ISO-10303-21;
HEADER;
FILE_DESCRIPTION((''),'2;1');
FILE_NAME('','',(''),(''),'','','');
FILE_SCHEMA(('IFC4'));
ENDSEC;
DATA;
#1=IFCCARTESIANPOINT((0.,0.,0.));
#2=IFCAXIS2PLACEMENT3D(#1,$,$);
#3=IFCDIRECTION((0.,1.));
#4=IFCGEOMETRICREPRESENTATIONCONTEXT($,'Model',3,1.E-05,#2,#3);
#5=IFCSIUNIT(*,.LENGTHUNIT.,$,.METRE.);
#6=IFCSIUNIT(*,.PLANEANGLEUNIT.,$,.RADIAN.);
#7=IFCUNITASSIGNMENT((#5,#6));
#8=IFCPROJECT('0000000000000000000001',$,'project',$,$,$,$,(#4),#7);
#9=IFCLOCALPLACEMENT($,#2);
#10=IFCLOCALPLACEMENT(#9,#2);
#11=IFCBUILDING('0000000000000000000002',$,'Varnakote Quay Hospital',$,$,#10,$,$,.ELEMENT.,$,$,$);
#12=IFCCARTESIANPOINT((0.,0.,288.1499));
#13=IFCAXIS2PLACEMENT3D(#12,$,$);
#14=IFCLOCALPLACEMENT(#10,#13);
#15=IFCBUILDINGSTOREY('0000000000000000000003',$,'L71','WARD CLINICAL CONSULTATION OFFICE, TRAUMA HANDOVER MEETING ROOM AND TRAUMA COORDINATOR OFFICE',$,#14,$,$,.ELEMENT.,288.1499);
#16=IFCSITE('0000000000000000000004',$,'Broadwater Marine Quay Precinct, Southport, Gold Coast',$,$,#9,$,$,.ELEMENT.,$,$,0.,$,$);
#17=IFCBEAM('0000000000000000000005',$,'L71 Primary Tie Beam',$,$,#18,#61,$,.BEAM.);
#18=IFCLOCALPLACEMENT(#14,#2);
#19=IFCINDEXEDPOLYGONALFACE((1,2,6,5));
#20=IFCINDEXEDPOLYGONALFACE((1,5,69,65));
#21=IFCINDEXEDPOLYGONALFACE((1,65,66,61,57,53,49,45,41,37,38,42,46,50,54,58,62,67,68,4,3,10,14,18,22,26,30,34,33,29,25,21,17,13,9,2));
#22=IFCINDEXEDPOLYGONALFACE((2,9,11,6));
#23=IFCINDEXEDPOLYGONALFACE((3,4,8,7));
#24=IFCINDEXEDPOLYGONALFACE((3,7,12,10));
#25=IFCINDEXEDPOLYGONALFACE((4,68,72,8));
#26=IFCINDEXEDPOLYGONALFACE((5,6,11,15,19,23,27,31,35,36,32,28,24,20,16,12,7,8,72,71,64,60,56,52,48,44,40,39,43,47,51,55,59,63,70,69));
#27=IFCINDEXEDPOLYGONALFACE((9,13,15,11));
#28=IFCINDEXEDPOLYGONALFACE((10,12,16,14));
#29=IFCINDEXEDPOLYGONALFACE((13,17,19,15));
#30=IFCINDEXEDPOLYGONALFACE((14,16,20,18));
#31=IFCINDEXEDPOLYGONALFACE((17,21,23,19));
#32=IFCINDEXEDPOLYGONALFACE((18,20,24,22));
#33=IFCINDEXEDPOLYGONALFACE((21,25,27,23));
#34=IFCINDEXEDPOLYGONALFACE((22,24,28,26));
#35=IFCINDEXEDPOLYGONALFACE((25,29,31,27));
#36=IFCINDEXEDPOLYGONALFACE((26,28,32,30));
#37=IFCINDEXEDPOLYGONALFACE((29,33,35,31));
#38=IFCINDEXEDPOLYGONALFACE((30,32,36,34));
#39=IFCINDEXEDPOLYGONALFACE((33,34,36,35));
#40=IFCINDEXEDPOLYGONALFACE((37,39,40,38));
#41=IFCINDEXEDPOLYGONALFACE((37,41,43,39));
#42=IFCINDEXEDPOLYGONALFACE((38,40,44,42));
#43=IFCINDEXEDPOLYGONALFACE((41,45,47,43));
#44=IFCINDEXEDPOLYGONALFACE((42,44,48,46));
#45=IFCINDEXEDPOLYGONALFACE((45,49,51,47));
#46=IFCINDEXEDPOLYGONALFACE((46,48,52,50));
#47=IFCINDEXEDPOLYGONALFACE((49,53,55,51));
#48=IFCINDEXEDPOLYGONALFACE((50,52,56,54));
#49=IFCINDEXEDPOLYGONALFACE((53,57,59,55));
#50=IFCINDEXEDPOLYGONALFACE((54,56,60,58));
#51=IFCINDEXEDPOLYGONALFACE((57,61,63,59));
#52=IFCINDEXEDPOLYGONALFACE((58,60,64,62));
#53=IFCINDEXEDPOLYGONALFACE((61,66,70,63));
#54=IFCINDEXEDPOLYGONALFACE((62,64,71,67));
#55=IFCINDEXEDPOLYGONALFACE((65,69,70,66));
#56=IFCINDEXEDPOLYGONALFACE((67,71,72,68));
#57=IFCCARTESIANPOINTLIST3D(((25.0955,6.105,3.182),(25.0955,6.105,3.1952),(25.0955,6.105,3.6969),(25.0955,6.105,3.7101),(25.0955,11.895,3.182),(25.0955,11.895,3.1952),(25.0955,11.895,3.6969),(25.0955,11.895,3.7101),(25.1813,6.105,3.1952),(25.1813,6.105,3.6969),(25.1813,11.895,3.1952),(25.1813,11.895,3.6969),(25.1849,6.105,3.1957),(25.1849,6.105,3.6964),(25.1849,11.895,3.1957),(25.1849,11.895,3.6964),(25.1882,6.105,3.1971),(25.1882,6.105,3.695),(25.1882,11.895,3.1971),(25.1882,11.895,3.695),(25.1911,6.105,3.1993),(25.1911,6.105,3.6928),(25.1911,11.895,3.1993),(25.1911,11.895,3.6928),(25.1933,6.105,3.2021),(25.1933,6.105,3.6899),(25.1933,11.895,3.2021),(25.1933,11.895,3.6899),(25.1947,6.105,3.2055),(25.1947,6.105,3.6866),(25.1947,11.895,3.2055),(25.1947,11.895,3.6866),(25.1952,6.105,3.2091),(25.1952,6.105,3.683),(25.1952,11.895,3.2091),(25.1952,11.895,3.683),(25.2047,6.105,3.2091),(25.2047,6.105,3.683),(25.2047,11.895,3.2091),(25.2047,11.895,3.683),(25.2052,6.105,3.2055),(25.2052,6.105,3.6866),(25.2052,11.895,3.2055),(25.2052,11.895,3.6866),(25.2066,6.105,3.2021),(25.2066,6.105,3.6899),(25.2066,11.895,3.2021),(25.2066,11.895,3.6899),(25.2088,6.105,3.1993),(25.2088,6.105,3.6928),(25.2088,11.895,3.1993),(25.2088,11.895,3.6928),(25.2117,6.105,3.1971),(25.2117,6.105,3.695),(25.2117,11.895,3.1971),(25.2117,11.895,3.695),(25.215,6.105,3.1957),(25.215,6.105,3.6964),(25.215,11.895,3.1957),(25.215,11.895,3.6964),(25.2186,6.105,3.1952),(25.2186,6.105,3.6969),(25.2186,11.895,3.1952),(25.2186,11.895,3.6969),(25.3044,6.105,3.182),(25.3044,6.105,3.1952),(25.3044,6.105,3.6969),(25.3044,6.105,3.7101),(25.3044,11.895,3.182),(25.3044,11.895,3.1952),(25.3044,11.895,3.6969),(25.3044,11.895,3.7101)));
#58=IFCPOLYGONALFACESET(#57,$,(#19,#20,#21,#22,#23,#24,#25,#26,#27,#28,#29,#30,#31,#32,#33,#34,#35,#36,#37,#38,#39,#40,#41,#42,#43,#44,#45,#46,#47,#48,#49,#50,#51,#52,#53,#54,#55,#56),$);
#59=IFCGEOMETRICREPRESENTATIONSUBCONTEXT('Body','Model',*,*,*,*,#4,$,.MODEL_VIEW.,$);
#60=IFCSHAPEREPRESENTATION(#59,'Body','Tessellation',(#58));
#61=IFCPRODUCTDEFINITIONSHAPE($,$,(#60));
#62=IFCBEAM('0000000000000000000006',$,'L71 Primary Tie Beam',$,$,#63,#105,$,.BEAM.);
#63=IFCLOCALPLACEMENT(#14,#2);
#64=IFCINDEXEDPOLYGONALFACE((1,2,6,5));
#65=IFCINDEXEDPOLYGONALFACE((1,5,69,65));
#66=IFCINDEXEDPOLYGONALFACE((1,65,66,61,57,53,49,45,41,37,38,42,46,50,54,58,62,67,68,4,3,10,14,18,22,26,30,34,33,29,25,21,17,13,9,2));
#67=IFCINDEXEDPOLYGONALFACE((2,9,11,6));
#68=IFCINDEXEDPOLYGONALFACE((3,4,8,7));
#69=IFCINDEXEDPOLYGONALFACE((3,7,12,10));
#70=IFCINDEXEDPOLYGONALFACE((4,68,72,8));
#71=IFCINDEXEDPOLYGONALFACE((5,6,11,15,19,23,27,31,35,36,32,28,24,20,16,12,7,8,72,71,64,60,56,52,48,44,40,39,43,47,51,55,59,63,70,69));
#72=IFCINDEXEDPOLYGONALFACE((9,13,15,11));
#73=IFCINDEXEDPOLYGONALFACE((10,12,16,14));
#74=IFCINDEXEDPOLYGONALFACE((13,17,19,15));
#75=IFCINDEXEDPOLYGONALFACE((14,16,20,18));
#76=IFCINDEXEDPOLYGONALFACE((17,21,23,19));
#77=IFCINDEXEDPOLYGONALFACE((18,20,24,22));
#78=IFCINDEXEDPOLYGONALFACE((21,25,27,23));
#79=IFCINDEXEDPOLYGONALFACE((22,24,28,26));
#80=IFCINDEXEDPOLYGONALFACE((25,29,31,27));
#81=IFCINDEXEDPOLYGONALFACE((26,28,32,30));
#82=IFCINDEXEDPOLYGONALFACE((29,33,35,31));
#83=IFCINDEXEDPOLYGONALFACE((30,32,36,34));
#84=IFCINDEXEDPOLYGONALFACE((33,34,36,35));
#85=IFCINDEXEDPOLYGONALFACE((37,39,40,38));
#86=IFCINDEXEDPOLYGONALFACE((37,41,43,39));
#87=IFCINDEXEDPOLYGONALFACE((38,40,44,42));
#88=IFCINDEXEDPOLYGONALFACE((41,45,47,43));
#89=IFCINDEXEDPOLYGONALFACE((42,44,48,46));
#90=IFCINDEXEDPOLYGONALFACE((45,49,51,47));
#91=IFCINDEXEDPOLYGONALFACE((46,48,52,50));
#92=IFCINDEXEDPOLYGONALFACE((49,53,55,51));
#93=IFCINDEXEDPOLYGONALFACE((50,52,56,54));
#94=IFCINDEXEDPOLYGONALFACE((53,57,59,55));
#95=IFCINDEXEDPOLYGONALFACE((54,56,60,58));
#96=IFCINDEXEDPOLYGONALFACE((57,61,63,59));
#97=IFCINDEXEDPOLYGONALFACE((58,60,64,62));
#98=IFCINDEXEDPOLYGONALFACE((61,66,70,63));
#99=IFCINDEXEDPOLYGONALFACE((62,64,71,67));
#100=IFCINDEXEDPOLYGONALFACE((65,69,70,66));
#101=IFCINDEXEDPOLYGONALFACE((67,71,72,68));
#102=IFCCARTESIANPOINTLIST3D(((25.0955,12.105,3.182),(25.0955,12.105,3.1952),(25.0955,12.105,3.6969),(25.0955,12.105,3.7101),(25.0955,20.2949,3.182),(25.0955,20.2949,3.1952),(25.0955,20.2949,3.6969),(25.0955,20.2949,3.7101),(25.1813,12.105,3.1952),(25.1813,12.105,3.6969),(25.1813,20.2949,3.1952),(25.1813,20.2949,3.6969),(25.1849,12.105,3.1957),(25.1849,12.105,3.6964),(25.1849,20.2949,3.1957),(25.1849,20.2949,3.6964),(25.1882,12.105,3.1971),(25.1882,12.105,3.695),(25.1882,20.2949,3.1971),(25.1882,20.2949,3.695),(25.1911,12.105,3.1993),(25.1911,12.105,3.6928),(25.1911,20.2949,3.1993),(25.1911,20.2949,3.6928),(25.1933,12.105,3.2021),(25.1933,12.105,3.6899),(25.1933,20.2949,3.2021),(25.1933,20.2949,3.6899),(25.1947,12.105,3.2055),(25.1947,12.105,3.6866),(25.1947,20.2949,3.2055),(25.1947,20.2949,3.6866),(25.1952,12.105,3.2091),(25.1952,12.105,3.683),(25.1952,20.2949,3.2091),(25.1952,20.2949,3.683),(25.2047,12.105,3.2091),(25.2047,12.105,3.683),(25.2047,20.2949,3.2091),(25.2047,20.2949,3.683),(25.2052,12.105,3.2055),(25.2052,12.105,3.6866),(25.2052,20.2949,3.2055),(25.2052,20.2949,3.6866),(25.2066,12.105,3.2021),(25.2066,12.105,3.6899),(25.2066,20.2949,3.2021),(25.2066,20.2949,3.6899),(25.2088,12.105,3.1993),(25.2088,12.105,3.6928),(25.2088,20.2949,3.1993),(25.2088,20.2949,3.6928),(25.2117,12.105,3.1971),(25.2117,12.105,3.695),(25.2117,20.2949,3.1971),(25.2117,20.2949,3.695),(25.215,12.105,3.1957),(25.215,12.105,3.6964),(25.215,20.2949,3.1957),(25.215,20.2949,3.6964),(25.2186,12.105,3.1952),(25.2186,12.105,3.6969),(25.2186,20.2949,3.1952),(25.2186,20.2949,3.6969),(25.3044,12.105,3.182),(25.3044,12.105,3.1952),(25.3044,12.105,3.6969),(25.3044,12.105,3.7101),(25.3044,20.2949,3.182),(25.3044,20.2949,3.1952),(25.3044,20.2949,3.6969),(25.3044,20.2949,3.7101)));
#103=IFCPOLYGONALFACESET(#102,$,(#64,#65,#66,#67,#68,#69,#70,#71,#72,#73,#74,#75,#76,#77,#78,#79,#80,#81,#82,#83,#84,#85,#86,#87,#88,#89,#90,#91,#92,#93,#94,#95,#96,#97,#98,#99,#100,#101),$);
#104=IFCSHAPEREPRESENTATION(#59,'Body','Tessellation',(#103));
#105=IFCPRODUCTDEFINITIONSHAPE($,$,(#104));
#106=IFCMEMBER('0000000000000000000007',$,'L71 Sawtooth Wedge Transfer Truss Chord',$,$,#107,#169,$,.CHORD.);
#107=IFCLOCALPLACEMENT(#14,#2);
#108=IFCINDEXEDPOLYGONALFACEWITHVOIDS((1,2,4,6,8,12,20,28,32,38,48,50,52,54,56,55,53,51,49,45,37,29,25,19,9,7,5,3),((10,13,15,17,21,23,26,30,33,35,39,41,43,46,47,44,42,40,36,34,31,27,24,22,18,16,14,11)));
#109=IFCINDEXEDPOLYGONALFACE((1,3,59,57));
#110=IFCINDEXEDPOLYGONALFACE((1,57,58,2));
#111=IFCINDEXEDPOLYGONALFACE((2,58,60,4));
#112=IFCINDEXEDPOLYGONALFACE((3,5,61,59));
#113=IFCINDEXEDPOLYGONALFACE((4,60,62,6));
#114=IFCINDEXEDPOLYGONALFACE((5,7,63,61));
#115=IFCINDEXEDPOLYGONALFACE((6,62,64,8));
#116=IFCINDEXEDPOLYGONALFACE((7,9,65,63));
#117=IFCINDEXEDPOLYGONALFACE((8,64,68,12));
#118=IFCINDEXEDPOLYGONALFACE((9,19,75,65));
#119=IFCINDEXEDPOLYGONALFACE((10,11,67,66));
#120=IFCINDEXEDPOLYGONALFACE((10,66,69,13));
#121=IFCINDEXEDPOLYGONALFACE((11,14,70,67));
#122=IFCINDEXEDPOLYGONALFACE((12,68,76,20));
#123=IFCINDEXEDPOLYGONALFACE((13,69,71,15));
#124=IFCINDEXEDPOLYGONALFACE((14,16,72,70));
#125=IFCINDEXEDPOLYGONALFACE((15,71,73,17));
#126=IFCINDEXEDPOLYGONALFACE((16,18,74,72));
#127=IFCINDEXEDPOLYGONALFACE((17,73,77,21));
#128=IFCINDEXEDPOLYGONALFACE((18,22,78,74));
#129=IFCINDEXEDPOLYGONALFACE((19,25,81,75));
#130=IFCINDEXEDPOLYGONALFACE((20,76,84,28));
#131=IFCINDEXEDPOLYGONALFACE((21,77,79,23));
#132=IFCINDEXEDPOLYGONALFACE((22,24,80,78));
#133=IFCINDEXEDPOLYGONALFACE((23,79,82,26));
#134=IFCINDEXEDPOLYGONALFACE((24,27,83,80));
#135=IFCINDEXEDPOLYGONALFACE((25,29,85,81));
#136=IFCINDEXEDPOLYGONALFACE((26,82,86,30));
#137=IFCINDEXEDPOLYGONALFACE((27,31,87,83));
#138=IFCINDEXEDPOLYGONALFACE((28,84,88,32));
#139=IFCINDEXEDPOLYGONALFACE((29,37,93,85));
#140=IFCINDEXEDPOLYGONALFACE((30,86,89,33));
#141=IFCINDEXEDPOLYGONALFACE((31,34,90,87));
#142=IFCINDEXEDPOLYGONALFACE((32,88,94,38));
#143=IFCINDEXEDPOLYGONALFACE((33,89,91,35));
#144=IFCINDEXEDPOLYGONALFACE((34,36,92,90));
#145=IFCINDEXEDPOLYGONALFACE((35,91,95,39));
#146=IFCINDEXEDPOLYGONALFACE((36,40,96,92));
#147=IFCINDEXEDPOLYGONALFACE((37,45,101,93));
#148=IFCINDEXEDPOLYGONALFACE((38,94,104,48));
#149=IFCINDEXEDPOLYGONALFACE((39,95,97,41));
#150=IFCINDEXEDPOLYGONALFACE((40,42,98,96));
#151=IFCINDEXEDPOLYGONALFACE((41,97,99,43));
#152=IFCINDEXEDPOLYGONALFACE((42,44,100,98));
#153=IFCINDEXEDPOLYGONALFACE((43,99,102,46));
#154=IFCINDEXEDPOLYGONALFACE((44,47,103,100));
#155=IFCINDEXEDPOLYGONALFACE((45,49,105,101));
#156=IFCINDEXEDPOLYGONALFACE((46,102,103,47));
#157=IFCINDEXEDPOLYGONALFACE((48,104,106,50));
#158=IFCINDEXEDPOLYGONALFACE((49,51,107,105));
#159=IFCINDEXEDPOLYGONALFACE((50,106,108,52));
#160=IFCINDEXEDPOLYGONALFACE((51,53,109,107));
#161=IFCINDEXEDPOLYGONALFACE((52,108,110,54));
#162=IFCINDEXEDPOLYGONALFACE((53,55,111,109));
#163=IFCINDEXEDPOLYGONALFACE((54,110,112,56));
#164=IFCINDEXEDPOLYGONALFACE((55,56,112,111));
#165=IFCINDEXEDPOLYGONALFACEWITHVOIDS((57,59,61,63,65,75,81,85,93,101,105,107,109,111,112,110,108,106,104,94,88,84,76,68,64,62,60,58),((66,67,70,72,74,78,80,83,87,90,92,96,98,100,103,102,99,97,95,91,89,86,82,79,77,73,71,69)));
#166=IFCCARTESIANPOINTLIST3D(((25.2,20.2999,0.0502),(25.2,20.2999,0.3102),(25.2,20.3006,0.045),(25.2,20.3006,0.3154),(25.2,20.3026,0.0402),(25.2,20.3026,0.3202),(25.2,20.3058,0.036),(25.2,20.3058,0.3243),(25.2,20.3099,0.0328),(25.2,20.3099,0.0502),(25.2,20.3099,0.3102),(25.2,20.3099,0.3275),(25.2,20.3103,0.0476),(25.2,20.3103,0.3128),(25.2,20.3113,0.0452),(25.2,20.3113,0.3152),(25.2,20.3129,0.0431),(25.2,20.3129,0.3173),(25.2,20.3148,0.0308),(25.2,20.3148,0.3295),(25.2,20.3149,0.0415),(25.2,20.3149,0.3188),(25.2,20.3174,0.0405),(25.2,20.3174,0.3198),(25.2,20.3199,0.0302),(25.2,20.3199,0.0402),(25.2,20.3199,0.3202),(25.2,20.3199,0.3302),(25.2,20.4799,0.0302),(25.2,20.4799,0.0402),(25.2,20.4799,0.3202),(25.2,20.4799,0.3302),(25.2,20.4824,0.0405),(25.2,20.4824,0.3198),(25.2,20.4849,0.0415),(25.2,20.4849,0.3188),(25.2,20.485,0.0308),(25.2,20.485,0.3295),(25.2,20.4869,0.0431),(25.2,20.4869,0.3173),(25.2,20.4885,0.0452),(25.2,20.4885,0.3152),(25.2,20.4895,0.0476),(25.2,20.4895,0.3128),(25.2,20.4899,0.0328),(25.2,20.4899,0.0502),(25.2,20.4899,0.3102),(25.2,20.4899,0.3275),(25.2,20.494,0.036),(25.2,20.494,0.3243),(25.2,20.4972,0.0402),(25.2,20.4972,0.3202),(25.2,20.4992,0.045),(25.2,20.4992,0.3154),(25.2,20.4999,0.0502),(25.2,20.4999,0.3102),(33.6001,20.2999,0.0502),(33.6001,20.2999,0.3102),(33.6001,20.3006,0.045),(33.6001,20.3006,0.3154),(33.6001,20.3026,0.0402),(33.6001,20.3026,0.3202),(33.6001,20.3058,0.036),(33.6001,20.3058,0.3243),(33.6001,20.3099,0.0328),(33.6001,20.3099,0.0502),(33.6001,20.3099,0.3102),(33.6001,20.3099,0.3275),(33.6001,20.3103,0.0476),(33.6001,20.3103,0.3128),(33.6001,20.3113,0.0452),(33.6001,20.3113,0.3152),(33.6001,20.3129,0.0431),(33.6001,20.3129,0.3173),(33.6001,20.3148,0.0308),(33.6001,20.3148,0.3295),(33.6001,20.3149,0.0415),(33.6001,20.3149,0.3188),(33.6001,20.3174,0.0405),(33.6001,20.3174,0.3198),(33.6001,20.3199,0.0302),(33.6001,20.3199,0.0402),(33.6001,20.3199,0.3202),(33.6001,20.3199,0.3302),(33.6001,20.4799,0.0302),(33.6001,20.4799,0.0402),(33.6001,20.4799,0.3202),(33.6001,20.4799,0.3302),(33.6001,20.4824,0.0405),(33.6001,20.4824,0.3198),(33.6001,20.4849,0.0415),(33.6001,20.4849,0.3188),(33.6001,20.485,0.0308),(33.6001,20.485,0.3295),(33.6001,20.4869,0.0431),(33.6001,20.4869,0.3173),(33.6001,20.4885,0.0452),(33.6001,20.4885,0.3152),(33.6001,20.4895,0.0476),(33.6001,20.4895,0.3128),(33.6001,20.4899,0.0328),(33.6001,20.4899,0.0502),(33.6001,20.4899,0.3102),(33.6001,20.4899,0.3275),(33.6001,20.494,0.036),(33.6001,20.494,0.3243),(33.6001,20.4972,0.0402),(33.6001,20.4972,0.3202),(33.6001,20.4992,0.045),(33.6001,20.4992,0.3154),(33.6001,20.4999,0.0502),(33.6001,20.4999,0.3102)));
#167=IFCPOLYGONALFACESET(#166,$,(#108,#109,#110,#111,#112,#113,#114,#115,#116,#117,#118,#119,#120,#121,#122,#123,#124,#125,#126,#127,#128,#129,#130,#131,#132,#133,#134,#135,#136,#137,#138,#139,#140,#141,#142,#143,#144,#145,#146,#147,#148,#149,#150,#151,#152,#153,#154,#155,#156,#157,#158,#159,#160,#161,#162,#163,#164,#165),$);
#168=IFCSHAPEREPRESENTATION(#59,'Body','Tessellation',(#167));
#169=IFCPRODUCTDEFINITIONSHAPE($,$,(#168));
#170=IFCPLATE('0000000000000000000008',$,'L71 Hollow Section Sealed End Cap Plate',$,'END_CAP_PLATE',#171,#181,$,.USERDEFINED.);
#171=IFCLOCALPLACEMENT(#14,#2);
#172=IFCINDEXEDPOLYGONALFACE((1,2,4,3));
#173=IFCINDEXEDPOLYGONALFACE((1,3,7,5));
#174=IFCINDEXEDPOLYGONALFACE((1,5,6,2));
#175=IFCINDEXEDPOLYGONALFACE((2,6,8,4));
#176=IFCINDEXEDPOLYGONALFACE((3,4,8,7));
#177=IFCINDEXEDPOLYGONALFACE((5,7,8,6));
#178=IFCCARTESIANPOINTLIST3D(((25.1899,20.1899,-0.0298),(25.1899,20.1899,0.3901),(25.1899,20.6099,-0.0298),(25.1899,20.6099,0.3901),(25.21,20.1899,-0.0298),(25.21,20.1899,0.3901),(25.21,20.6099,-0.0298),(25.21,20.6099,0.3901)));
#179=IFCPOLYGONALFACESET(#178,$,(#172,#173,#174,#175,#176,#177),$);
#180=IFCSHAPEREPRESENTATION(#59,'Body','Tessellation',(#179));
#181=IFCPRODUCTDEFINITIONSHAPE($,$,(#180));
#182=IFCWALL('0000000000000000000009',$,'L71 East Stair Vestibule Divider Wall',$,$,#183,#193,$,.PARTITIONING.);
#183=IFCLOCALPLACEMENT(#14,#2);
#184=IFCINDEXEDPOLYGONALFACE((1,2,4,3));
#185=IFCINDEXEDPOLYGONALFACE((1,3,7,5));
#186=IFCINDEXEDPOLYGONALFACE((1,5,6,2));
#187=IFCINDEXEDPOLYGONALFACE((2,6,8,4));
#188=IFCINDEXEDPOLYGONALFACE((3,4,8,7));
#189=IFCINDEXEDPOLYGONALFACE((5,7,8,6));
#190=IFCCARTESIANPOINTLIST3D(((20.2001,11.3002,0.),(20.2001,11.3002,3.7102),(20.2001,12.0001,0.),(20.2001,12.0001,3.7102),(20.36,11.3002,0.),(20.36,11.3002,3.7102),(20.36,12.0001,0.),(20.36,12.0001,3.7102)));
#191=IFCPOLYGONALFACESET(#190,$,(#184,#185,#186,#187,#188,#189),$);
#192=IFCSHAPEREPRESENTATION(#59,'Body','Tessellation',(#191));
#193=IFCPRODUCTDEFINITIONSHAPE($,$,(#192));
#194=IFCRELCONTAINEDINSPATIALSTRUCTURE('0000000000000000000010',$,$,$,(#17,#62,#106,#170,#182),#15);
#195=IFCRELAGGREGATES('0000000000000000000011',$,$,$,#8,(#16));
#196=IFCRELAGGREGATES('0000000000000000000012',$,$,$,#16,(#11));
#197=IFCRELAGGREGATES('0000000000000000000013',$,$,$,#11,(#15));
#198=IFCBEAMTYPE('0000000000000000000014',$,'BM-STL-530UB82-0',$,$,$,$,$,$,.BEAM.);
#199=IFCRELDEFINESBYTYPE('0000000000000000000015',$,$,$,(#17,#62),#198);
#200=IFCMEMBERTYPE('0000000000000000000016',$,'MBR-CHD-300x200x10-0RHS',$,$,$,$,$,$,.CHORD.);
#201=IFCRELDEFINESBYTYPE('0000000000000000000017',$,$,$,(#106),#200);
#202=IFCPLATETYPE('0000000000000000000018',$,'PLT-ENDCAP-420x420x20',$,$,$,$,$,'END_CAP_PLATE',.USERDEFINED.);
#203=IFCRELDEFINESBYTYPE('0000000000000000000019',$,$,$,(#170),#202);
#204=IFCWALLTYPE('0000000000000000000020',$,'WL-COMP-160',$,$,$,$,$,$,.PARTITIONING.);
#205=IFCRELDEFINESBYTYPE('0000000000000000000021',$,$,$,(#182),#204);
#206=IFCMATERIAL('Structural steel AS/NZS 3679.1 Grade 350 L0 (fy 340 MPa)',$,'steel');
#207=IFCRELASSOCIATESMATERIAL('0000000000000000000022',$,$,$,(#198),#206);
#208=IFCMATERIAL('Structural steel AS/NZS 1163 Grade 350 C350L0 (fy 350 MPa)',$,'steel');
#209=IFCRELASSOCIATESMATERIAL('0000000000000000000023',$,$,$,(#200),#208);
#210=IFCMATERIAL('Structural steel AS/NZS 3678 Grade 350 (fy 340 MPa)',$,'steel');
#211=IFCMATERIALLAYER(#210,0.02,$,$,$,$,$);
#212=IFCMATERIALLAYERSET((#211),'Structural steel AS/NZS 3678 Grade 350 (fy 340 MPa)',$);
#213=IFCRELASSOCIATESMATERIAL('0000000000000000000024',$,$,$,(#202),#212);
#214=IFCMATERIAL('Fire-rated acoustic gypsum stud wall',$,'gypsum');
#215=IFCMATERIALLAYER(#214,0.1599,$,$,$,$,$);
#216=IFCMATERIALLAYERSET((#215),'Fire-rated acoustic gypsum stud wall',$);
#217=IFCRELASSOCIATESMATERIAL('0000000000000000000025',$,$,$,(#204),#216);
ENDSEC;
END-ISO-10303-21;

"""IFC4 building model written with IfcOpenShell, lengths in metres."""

from ifc_helpers import new_model, si_unit, direction, frame, frame_2d, origin, origin_2d, place, context, subcontext, project, spatial, rectangle, hollow_rectangle, i_section, extrude, material, layer, layer_set, material_profile, profile_set, type_object, element, save


model = new_model("IFC4")

# Units and contexts
model_context = context("Model", 3, precision=1e-05, world=origin(), true_north=direction((0.0, 1.0)))
body_context = subcontext(model_context, "Body", "Model", "MODEL_VIEW")
ifc_project = project(units=[si_unit("LENGTHUNIT", "METRE"), si_unit("PLANEANGLEUNIT", "RADIAN")], contexts=[model_context])

# Site, building, storey
site_placement = place(None, origin())
site = spatial("IfcSite", under=ifc_project, at=site_placement, Name="Broadwater Marine Quay Precinct, Southport, Gold Coast", CompositionType="ELEMENT", RefElevation=0.0)
building_placement = place(site_placement, origin())
building = spatial("IfcBuilding", under=site, at=building_placement, Name="Varnakote Quay Hospital", CompositionType="ELEMENT")
storey_placement = place(building_placement, frame((0.0, 0.0, 288.1499)))
storey = spatial("IfcBuildingStorey", under=building, at=storey_placement, Name="L71", Description="WARD CLINICAL CONSULTATION OFFICE, TRAUMA HANDOVER MEETING ROOM AND TRAUMA COORDINATOR OFFICE", CompositionType="ELEMENT", Elevation=288.1499)

# Beams
ifc_material_1 = material(Name="Structural steel AS/NZS 3679.1 Grade 350 L0 (fy 340 MPa)", Category="steel")
ifc_material_profile_1 = material_profile(ifc_material_1, i_section(OverallWidth=0.209, OverallDepth=0.5281, WebThickness=0.0095, FlangeThickness=0.0132, FilletRadius=0.0139, at=origin_2d()), Name="530UB82.0")
ifc_profile_set_1 = profile_set([ifc_material_profile_1], Name="Structural steel AS/NZS 3679.1 Grade 350 L0 (fy 340 MPa)")
beam_type = type_object("IfcBeamType", Name="BM-STL-530UB82-0", PredefinedType="BEAM", material=ifc_profile_set_1)
beam_1_placement = place(storey_placement, frame((25.2, 6.105, 3.446), z_axis=(0.0, 1.0, 0.0), x_axis=(-1.0, 0.0, 0.0)))
element("IfcBeam", 1, at=beam_1_placement, inside=storey, type_object=beam_type, Name="L71 Primary Tie Beam", PredefinedType="BEAM", context=body_context, shape_type="SweptSolid", body=[
    extrude(i_section(OverallWidth=0.209, OverallDepth=0.5281, WebThickness=0.0095, FlangeThickness=0.0132, FilletRadius=0.0139, at=origin_2d()), origin(), (0.0, 0.0, 1.0), 5.79),
])
beam_2_placement = place(storey_placement, frame((25.2, 12.105, 3.446), z_axis=(0.0, 1.0, 0.0), x_axis=(-1.0, 0.0, 0.0)))
element("IfcBeam", 2, at=beam_2_placement, inside=storey, type_object=beam_type, Name="L71 Primary Tie Beam", PredefinedType="BEAM", context=body_context, shape_type="SweptSolid", body=[
    extrude(i_section(OverallWidth=0.209, OverallDepth=0.5281, WebThickness=0.0095, FlangeThickness=0.0132, FilletRadius=0.0139, at=origin_2d()), origin(), (0.0, 0.0, 1.0), 8.1899),
])

# Member
ifc_material_2 = material(Name="Structural steel AS/NZS 1163 Grade 350 C350L0 (fy 350 MPa)", Category="steel")
ifc_material_profile_2 = material_profile(ifc_material_2, hollow_rectangle(XDim=0.2, YDim=0.3, WallThickness=0.01, InnerFilletRadius=0.01, OuterFilletRadius=0.02, at=origin_2d()), Name="300x200x10.0RHS")
ifc_profile_set_2 = profile_set([ifc_material_profile_2], Name="Structural steel AS/NZS 1163 Grade 350 C350L0 (fy 350 MPa)")
member_type = type_object("IfcMemberType", Name="MBR-CHD-300x200x10-0RHS", PredefinedType="CHORD", material=ifc_profile_set_2)
member_placement = place(storey_placement, frame((25.2, 20.3999, 0.1802), z_axis=(1.0, 0.0, 0.0), x_axis=(0.0, 1.0, 0.0)))
element("IfcMember", 3, at=member_placement, inside=storey, type_object=member_type, Name="L71 Sawtooth Wedge Transfer Truss Chord", PredefinedType="CHORD", context=body_context, shape_type="SweptSolid", body=[
    extrude(hollow_rectangle(XDim=0.2, YDim=0.3, WallThickness=0.01, InnerFilletRadius=0.01, OuterFilletRadius=0.02, at=origin_2d()), origin(), (0.0, 0.0, 1.0), 8.4001),
])

# Plate
ifc_material_3 = material(Name="Structural steel AS/NZS 3678 Grade 350 (fy 340 MPa)", Category="steel")
ifc_layer_1 = layer(ifc_material_3, 0.02)
ifc_layer_set_1 = layer_set([ifc_layer_1], Name="Structural steel AS/NZS 3678 Grade 350 (fy 340 MPa)")
plate_type = type_object("IfcPlateType", Name="PLT-ENDCAP-420x420x20", ElementType="END_CAP_PLATE", PredefinedType="USERDEFINED", material=ifc_layer_set_1)
plate_placement = place(storey_placement, frame((25.2, 20.3999, -0.0298), z_axis=(0.0, 0.0, 1.0), x_axis=(1.0, 0.0, 0.0)))
element("IfcPlate", 4, at=plate_placement, inside=storey, type_object=plate_type, Name="L71 Hollow Section Sealed End Cap Plate", ObjectType="END_CAP_PLATE", PredefinedType="USERDEFINED", context=body_context, shape_type="SweptSolid", body=[
    extrude(rectangle(XDim=0.02, YDim=0.4199, at=origin_2d()), origin(), (0.0, 0.0, 1.0), 0.4199),
])

# Wall
ifc_material_4 = material(Name="Fire-rated acoustic gypsum stud wall", Category="gypsum")
ifc_layer_2 = layer(ifc_material_4, 0.1599)
ifc_layer_set_2 = layer_set([ifc_layer_2], Name="Fire-rated acoustic gypsum stud wall")
wall_type_1 = type_object("IfcWallType", Name="WL-COMP-160", PredefinedType="PARTITIONING", material=ifc_layer_set_2)
wall_1_placement = place(storey_placement, frame((20.28, 11.3, 0.0), z_axis=(0.0, 0.0, 1.0), x_axis=(0.0, 1.0, 0.0)))
element("IfcWall", 5, at=wall_1_placement, inside=storey, type_object=wall_type_1, Name="L71 East Stair Vestibule Divider Wall", PredefinedType="PARTITIONING", context=body_context, shape_type="SweptSolid", body=[
    extrude(rectangle(XDim=0.7, YDim=0.1599, at=frame_2d((0.3501, 0.0))), origin(), (0.0, 0.0, 1.0), 3.7102),
])

save(model, "model.ifc")
